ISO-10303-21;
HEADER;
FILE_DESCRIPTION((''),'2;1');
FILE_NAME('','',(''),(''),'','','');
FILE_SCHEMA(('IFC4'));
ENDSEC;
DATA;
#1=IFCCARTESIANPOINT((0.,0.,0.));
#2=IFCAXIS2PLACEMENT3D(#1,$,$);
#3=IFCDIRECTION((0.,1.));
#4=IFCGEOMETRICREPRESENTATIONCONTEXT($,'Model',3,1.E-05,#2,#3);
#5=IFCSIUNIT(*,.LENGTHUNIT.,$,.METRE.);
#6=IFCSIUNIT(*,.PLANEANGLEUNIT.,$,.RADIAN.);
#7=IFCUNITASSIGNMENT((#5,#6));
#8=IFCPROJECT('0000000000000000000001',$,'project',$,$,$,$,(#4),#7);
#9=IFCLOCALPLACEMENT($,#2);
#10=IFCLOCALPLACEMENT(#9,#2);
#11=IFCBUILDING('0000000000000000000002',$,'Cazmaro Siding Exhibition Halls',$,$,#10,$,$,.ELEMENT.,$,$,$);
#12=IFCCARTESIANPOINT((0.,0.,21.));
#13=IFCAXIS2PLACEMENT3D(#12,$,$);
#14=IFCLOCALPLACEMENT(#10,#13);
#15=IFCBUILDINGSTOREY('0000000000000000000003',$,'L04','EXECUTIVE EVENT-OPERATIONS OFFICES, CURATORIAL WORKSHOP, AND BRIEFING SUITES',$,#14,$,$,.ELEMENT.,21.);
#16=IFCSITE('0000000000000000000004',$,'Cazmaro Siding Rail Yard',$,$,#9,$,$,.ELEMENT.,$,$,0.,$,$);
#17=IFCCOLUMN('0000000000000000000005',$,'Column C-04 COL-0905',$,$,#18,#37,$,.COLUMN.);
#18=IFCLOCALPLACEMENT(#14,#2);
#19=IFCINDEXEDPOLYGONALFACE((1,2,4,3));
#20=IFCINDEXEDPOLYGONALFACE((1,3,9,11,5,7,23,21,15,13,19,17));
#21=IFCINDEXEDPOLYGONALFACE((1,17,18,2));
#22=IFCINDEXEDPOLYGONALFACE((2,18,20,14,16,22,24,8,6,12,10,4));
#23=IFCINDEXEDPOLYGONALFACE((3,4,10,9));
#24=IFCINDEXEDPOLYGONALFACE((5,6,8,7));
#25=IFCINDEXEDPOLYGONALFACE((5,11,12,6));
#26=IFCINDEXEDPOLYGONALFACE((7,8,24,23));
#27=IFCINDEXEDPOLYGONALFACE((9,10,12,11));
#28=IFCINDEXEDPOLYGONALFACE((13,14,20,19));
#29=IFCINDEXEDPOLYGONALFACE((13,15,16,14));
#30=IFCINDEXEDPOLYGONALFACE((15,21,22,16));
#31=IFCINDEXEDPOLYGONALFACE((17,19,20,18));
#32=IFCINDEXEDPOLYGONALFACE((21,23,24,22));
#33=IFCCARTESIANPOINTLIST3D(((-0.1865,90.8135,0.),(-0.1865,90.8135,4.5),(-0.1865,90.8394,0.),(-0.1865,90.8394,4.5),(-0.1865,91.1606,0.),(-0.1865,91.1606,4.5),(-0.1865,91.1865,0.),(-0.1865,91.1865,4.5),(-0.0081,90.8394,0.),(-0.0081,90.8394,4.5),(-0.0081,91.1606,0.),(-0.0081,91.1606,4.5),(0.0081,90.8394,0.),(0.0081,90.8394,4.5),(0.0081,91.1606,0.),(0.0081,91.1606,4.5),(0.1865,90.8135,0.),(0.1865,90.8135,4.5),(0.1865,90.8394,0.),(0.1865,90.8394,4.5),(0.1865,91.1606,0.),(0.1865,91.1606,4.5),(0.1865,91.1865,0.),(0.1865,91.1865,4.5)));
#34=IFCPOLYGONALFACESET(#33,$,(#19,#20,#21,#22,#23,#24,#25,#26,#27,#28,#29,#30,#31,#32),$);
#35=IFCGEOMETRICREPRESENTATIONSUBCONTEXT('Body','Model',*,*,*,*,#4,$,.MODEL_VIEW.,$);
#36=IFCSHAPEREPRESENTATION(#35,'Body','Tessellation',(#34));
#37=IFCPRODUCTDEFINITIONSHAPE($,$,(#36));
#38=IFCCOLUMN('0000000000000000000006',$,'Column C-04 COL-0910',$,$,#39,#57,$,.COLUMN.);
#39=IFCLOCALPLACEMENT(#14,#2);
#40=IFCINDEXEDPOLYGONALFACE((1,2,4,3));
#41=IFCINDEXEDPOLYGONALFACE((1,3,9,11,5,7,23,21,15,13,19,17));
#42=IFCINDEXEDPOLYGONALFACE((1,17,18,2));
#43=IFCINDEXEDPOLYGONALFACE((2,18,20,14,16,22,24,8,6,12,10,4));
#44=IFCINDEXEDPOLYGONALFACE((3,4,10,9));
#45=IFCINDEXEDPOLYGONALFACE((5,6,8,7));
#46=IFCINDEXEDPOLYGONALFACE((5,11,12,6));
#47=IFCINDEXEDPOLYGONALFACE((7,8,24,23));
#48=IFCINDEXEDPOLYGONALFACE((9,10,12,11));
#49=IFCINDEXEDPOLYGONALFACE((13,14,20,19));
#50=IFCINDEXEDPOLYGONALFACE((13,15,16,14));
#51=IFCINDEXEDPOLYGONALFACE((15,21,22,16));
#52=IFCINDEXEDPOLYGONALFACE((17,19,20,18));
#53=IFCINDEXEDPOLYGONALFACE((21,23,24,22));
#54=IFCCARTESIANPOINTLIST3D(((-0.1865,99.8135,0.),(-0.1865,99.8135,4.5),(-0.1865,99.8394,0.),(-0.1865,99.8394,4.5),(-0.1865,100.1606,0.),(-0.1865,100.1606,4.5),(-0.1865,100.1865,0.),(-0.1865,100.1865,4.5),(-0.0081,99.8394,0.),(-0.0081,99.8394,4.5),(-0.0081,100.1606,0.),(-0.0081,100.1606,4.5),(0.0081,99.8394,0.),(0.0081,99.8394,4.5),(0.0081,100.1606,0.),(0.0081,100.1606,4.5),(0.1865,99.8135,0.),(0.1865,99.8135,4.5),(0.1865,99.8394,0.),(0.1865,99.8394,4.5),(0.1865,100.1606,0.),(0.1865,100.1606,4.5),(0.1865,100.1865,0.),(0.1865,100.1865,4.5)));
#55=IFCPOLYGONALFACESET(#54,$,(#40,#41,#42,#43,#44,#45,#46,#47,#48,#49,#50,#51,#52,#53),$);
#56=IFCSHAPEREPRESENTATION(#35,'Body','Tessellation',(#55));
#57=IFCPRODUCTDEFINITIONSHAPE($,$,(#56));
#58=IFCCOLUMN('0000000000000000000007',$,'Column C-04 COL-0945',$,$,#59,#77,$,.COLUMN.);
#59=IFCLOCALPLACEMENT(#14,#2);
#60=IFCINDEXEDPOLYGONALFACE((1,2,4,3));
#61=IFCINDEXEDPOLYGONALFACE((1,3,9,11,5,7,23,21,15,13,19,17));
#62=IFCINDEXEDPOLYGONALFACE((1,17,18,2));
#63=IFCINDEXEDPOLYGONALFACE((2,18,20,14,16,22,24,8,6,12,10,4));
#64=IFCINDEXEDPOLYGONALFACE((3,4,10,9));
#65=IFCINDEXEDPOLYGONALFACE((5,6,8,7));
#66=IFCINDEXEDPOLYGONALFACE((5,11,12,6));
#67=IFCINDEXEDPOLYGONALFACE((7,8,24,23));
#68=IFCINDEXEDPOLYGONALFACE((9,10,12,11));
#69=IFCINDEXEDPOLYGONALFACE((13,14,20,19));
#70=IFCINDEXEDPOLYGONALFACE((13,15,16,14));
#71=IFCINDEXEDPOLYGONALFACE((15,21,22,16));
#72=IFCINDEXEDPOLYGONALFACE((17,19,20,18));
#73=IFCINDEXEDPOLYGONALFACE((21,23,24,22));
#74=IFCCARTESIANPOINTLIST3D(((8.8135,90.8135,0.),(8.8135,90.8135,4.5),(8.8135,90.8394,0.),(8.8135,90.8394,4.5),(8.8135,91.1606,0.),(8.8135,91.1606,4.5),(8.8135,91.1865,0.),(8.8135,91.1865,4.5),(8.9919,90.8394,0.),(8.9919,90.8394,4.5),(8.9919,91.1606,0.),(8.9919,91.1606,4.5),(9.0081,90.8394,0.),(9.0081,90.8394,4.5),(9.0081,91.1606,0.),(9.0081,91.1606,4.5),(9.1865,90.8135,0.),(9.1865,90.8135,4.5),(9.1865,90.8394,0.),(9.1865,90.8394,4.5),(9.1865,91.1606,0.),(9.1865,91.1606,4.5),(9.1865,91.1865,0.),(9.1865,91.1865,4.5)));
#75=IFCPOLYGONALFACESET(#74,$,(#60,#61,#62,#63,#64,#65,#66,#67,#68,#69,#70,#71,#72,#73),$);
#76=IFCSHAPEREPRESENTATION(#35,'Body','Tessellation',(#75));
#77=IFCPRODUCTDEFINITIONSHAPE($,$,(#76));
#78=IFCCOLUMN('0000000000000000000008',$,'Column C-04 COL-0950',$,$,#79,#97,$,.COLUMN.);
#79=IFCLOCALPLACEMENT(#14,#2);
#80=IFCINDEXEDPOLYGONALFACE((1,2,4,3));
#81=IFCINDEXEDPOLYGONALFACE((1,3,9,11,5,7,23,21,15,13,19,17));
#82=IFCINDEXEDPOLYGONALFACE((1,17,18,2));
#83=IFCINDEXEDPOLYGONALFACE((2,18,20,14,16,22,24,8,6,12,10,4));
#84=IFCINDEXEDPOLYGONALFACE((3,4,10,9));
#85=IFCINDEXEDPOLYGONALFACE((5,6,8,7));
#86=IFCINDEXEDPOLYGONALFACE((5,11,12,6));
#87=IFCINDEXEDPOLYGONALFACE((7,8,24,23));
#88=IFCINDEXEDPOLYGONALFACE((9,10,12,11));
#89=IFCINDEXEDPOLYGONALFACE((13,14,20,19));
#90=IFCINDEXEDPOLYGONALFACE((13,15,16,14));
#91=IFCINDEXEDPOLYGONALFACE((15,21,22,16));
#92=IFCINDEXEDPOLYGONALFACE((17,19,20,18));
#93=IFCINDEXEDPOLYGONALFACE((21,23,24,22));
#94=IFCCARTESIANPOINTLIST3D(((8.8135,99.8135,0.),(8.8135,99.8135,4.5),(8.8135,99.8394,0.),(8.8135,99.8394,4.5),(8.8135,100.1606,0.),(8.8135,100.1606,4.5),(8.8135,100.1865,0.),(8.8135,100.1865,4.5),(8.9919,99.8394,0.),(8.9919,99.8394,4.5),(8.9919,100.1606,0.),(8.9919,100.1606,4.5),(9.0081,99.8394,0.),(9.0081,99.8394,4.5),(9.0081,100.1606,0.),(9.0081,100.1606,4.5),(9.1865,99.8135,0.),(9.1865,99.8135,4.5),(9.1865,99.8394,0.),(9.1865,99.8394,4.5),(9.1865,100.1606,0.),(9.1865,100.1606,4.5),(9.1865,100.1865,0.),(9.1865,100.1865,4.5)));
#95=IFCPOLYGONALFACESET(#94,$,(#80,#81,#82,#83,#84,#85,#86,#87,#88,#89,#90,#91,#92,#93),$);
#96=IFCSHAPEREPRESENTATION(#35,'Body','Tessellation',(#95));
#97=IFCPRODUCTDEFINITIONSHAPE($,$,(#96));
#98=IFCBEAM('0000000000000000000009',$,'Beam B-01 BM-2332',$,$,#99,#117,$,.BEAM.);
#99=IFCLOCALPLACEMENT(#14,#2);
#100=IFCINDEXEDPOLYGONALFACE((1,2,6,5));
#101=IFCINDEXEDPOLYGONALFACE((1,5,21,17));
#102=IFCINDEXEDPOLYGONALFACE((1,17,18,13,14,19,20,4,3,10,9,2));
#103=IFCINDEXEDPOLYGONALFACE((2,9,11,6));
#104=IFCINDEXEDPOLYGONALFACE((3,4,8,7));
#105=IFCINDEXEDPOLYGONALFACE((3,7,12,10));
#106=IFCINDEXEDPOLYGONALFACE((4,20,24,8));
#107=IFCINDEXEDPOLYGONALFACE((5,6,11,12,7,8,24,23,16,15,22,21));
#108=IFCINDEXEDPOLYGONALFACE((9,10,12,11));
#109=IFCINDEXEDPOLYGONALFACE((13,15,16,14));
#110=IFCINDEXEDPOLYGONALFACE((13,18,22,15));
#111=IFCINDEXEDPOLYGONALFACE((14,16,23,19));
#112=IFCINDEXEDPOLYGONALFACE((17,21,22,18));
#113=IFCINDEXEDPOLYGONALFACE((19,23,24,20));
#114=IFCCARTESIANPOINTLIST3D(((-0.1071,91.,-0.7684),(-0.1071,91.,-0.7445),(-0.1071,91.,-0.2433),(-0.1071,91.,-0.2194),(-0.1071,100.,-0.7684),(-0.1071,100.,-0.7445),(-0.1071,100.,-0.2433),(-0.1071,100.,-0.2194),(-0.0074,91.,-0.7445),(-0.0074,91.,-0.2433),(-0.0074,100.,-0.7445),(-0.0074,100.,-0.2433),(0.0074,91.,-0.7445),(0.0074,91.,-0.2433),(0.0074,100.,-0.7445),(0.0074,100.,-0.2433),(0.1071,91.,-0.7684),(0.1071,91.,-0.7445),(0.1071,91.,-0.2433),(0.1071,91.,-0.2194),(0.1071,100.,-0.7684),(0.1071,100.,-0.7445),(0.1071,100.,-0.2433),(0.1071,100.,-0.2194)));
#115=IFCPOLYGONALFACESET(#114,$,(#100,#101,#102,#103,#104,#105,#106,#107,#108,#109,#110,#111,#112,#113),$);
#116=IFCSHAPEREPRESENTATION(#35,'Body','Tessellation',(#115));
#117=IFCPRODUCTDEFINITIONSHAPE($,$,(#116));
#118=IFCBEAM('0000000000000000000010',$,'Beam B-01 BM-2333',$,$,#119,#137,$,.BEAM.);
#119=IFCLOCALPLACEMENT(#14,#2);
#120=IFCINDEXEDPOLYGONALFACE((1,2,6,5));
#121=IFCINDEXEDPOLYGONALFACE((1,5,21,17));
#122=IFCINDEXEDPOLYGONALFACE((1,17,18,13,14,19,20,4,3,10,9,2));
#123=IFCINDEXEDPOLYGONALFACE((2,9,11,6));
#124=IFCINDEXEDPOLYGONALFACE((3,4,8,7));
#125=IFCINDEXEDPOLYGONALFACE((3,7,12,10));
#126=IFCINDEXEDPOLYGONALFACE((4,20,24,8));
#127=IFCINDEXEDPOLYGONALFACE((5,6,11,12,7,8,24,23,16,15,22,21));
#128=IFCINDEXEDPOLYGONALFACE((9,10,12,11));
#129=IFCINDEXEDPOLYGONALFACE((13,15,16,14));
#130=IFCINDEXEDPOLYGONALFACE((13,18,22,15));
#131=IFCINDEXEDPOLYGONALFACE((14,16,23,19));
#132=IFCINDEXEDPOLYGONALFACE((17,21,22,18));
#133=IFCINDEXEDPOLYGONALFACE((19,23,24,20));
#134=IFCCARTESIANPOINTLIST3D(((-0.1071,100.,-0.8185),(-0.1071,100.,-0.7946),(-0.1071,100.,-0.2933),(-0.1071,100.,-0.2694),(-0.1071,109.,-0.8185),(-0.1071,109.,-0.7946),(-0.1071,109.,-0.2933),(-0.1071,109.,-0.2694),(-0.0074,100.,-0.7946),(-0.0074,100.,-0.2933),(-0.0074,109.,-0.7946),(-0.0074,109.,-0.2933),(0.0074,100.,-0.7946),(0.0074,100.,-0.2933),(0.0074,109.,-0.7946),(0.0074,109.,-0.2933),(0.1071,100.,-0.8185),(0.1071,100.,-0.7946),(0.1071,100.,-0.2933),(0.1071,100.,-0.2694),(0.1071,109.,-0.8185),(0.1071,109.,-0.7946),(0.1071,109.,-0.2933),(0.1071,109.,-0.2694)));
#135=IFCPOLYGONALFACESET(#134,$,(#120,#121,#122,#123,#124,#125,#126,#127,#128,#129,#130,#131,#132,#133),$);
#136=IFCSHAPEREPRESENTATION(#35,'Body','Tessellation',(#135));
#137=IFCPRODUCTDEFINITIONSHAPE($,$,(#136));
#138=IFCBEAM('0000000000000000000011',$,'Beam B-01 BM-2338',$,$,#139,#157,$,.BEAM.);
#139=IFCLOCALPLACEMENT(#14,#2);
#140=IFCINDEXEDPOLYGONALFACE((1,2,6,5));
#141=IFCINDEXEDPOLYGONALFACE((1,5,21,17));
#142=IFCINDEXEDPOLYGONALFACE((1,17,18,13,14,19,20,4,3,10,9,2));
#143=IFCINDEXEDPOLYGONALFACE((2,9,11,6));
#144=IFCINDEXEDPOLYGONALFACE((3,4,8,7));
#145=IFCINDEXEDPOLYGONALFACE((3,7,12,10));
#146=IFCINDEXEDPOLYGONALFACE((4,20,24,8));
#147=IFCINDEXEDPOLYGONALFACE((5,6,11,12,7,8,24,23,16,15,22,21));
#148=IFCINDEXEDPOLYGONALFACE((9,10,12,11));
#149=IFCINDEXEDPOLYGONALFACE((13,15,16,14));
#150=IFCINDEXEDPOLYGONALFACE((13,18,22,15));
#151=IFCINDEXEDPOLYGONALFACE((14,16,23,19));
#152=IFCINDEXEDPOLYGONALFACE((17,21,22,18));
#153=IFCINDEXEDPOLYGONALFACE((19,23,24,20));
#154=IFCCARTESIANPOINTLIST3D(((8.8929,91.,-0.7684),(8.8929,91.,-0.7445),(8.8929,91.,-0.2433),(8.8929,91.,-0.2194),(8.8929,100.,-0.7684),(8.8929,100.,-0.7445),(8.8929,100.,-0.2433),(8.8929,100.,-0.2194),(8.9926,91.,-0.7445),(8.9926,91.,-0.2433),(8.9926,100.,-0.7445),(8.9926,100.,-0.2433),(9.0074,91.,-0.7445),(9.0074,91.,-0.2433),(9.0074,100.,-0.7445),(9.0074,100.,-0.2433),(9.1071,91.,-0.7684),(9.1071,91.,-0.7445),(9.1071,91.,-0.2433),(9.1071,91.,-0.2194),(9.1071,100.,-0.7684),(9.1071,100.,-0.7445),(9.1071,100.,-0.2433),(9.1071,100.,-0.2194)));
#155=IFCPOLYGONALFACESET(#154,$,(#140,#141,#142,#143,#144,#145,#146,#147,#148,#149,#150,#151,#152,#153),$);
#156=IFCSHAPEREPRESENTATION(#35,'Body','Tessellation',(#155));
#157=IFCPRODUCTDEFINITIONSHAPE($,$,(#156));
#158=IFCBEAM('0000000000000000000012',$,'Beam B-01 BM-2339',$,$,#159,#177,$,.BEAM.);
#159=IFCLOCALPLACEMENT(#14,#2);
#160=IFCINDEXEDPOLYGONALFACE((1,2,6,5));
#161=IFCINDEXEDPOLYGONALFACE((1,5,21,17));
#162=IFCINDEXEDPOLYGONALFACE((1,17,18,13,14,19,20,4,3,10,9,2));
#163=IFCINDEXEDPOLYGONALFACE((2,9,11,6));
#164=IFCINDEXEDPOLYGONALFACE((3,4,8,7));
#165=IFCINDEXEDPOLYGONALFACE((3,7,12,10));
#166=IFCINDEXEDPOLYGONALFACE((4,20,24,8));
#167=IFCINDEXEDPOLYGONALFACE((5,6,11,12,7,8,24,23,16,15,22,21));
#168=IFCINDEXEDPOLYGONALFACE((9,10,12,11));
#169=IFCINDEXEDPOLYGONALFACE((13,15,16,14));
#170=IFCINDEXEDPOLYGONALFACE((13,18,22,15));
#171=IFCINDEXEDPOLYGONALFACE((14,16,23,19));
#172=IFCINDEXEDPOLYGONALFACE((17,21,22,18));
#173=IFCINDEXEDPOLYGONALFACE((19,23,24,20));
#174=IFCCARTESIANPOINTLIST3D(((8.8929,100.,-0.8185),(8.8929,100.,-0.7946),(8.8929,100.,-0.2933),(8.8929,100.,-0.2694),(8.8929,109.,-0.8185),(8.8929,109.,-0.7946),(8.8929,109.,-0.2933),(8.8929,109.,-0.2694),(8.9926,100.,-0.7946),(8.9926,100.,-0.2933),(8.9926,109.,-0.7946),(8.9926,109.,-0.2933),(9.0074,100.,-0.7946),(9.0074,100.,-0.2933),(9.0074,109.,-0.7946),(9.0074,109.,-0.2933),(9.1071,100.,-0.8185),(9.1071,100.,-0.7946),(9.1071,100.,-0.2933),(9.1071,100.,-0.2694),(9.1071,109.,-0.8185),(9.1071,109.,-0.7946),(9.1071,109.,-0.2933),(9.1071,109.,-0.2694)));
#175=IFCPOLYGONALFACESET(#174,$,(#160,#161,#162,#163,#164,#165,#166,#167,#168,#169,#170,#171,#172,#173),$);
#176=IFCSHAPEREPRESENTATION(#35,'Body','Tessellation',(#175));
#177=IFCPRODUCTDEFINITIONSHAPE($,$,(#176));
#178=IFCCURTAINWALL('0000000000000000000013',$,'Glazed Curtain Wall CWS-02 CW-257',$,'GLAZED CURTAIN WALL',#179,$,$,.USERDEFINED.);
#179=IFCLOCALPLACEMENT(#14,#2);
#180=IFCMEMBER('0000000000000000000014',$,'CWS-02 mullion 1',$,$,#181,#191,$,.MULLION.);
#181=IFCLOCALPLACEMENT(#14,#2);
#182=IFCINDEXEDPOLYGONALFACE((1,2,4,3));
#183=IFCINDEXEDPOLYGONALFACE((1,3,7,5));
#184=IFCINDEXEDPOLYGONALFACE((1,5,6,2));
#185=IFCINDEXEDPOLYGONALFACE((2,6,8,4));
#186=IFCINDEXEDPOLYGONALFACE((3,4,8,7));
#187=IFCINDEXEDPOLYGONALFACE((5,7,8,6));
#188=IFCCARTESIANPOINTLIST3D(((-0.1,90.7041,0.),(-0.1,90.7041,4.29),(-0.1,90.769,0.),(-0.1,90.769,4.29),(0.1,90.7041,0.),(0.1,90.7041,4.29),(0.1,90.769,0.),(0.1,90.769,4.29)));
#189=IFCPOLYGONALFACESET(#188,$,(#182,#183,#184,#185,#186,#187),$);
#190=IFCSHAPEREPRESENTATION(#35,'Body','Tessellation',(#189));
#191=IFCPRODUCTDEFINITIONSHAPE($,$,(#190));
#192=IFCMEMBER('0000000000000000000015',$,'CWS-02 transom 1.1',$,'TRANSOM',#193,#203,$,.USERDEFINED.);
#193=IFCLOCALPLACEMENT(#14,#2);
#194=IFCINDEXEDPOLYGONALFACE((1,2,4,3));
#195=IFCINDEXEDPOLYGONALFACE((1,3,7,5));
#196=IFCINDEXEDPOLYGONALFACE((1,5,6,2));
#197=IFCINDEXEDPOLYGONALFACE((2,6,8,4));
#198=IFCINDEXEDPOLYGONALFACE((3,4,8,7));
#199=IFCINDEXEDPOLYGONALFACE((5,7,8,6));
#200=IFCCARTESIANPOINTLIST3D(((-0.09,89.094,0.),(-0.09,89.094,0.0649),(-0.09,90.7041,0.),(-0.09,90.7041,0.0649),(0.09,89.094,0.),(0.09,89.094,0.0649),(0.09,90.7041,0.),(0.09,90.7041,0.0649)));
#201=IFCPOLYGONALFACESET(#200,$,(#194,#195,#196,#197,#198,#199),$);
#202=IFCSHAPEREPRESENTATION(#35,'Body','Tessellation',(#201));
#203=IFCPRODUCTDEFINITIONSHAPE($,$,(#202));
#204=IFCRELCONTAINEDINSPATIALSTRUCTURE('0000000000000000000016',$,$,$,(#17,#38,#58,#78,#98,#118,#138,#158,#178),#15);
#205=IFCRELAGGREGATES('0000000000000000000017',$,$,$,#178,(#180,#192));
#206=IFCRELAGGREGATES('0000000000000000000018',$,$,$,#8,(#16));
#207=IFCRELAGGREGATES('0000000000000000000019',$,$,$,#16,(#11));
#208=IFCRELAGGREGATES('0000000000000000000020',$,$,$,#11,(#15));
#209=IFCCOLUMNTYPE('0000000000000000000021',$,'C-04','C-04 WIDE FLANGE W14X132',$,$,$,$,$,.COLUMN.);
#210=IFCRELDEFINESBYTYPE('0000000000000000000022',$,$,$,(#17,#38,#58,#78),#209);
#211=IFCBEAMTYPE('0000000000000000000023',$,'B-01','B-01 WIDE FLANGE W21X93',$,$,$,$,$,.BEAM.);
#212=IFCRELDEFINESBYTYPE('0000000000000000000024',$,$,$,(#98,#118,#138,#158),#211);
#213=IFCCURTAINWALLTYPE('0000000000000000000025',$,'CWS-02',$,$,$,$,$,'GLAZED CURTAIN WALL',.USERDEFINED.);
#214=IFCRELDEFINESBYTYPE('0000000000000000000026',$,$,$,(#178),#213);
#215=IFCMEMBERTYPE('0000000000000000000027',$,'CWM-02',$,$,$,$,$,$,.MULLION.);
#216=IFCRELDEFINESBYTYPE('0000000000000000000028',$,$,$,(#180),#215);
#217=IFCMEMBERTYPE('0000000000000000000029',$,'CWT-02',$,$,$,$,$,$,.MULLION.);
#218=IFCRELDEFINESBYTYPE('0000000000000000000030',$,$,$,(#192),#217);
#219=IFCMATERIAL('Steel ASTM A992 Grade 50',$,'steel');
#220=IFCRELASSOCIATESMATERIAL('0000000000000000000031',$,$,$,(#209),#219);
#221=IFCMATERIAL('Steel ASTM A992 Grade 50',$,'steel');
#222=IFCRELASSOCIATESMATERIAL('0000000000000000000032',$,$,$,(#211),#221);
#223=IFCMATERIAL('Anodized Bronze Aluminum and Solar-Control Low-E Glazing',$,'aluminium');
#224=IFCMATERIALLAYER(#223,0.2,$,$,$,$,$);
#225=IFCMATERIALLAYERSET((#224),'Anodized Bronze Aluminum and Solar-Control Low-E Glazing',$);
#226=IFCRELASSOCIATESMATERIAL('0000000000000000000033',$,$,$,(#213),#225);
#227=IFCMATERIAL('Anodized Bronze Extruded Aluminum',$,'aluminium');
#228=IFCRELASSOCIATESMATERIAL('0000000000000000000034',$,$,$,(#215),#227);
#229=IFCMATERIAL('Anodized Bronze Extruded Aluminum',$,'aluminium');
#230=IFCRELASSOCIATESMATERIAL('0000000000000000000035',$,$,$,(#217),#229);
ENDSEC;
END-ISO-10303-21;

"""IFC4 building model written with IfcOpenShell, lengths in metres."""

from ifc_helpers import new_model, si_unit, direction, frame, origin, origin_2d, place, context, subcontext, project, spatial, rectangle, i_section, extrude, material, layer, layer_set, material_profile, profile_set, type_object, element, aggregate, save


model = new_model("IFC4")

# Units and contexts
model_context = context("Model", 3, precision=1e-05, world=origin(), true_north=direction((0.0, 1.0)))
body_context = subcontext(model_context, "Body", "Model", "MODEL_VIEW")
ifc_project = project(units=[si_unit("LENGTHUNIT", "METRE"), si_unit("PLANEANGLEUNIT", "RADIAN")], contexts=[model_context])

# Site, building, storey
site_placement = place(None, origin())
site = spatial("IfcSite", under=ifc_project, at=site_placement, Name="Cazmaro Siding Rail Yard", CompositionType="ELEMENT", RefElevation=0.0)
building_placement = place(site_placement, origin())
building = spatial("IfcBuilding", under=site, at=building_placement, Name="Cazmaro Siding Exhibition Halls", CompositionType="ELEMENT")
storey_placement = place(building_placement, frame((0.0, 0.0, 21.0)))
storey = spatial("IfcBuildingStorey", under=building, at=storey_placement, Name="L04", Description="EXECUTIVE EVENT-OPERATIONS OFFICES, CURATORIAL WORKSHOP, AND BRIEFING SUITES", CompositionType="ELEMENT", Elevation=21.0)

# Columns
ifc_material_1 = material(Name="Steel ASTM A992 Grade 50", Category="steel")
ifc_material_profile_1 = material_profile(ifc_material_1, i_section(OverallWidth=0.373, OverallDepth=0.373, WebThickness=0.0161, FlangeThickness=0.0259, at=origin_2d()), Name="W14X132")
ifc_profile_set_1 = profile_set([ifc_material_profile_1], Name="Steel ASTM A992 Grade 50")
column_type = type_object("IfcColumnType", Name="C-04", Description="C-04 WIDE FLANGE W14X132", PredefinedType="COLUMN", material=ifc_profile_set_1)
for number, where, z_axis, x_axis, name in (
    (1, (0.0, 91.0, 0.0), (0.0, 0.0, 1.0), (1.0, 0.0, 0.0), "Column C-04 COL-0905"),
    (2, (0.0, 100.0, 0.0), (0.0, 0.0, 1.0), (1.0, 0.0, 0.0), "Column C-04 COL-0910"),
    (3, (9.0, 91.0, 0.0), (0.0, 0.0, 1.0), (1.0, 0.0, 0.0), "Column C-04 COL-0945"),
    (4, (9.0, 100.0, 0.0), (0.0, 0.0, 1.0), (1.0, 0.0, 0.0), "Column C-04 COL-0950"),
):
    element("IfcColumn", number, at=place(storey_placement, frame(where, z_axis=z_axis, x_axis=x_axis)), inside=storey, type_object=column_type, Name=name, PredefinedType="COLUMN", context=body_context, shape_type="SweptSolid", body=[
        extrude(i_section(OverallWidth=0.373, OverallDepth=0.373, WebThickness=0.0161, FlangeThickness=0.0259, at=origin_2d()), origin(), (0.0, 0.0, 1.0), 4.5),
    ])

# Beams
ifc_material_2 = material(Name="Steel ASTM A992 Grade 50", Category="steel")
ifc_material_profile_2 = material_profile(ifc_material_2, i_section(OverallWidth=0.2141, OverallDepth=0.5491, WebThickness=0.0149, FlangeThickness=0.0239, at=origin_2d()), Name="W21X93")
ifc_profile_set_2 = profile_set([ifc_material_profile_2], Name="Steel ASTM A992 Grade 50")
beam_type_1 = type_object("IfcBeamType", Name="B-01", Description="B-01 WIDE FLANGE W21X93", PredefinedType="BEAM", material=ifc_profile_set_2)
for number, where, z_axis, x_axis, name in (
    (5, (0.0, 91.0, -0.4939), (0.0, 1.0, 0.0), (-1.0, 0.0, 0.0), "Beam B-01 BM-2332"),
    (6, (0.0, 100.0, -0.5439), (0.0, 1.0, 0.0), (-1.0, 0.0, 0.0), "Beam B-01 BM-2333"),
    (7, (9.0, 91.0, -0.4939), (0.0, 1.0, 0.0), (-1.0, 0.0, 0.0), "Beam B-01 BM-2338"),
    (8, (9.0, 100.0, -0.5439), (0.0, 1.0, 0.0), (-1.0, 0.0, 0.0), "Beam B-01 BM-2339"),
):
    element("IfcBeam", number, at=place(storey_placement, frame(where, z_axis=z_axis, x_axis=x_axis)), inside=storey, type_object=beam_type_1, Name=name, PredefinedType="BEAM", context=body_context, shape_type="SweptSolid", body=[
        extrude(i_section(OverallWidth=0.2141, OverallDepth=0.5491, WebThickness=0.0149, FlangeThickness=0.0239, at=origin_2d()), origin(), (0.0, 0.0, 1.0), 9.0),
    ])

# Curtain wall, members
ifc_material_3 = material(Name="Anodized Bronze Aluminum and Solar-Control Low-E Glazing", Category="aluminium")
ifc_layer_1 = layer(ifc_material_3, 0.2)
ifc_layer_set_1 = layer_set([ifc_layer_1], Name="Anodized Bronze Aluminum and Solar-Control Low-E Glazing")
curtain_wall_type = type_object("IfcCurtainWallType", Name="CWS-02", ElementType="GLAZED CURTAIN WALL", PredefinedType="USERDEFINED", material=ifc_layer_set_1)
curtain_wall_placement = place(storey_placement, origin())
curtain_wall = element("IfcCurtainWall", 9, at=curtain_wall_placement, inside=storey, type_object=curtain_wall_type, Name="Glazed Curtain Wall CWS-02 CW-257", ObjectType="GLAZED CURTAIN WALL", PredefinedType="USERDEFINED")
ifc_material_4 = material(Name="Anodized Bronze Extruded Aluminum", Category="aluminium")
ifc_material_profile_3 = material_profile(ifc_material_4, rectangle(XDim=0.2, YDim=0.0649, at=origin_2d()), Name="CWM-02")
ifc_profile_set_3 = profile_set([ifc_material_profile_3], Name="Anodized Bronze Extruded Aluminum")
member_type_1 = type_object("IfcMemberType", Name="CWM-02", PredefinedType="MULLION", material=ifc_profile_set_3)
member_1_placement = place(storey_placement, frame((0.0, 90.7366, 0.0), z_axis=(0.0, 0.0, 1.0), x_axis=(1.0, 0.0, 0.0)))
member_1 = element("IfcMember", 10, at=member_1_placement, type_object=member_type_1, Name="CWS-02 mullion 1", PredefinedType="MULLION", context=body_context, shape_type="SweptSolid", body=[
    extrude(rectangle(XDim=0.2, YDim=0.0649, at=origin_2d()), origin(), (0.0, 0.0, 1.0), 4.29),
])
ifc_material_5 = material(Name="Anodized Bronze Extruded Aluminum", Category="aluminium")
ifc_material_profile_4 = material_profile(ifc_material_5, rectangle(XDim=0.1799, YDim=0.0649, at=origin_2d()), Name="CWT-02")
ifc_profile_set_4 = profile_set([ifc_material_profile_4], Name="Anodized Bronze Extruded Aluminum")
member_type_2 = type_object("IfcMemberType", Name="CWT-02", PredefinedType="MULLION", material=ifc_profile_set_4)
member_2_placement = place(storey_placement, frame((0.0, 90.7041, 0.0325), z_axis=(0.0, -1.0, 0.0), x_axis=(1.0, 0.0, 0.0)))
member_2 = element("IfcMember", 11, at=member_2_placement, type_object=member_type_2, Name="CWS-02 transom 1.1", ObjectType="TRANSOM", PredefinedType="USERDEFINED", context=body_context, shape_type="SweptSolid", body=[
    extrude(rectangle(XDim=0.1799, YDim=0.0649, at=origin_2d()), origin(), (0.0, 0.0, 1.0), 1.6101),
])

aggregate(curtain_wall, [member_1, member_2])

save(model, "model.ifc")
